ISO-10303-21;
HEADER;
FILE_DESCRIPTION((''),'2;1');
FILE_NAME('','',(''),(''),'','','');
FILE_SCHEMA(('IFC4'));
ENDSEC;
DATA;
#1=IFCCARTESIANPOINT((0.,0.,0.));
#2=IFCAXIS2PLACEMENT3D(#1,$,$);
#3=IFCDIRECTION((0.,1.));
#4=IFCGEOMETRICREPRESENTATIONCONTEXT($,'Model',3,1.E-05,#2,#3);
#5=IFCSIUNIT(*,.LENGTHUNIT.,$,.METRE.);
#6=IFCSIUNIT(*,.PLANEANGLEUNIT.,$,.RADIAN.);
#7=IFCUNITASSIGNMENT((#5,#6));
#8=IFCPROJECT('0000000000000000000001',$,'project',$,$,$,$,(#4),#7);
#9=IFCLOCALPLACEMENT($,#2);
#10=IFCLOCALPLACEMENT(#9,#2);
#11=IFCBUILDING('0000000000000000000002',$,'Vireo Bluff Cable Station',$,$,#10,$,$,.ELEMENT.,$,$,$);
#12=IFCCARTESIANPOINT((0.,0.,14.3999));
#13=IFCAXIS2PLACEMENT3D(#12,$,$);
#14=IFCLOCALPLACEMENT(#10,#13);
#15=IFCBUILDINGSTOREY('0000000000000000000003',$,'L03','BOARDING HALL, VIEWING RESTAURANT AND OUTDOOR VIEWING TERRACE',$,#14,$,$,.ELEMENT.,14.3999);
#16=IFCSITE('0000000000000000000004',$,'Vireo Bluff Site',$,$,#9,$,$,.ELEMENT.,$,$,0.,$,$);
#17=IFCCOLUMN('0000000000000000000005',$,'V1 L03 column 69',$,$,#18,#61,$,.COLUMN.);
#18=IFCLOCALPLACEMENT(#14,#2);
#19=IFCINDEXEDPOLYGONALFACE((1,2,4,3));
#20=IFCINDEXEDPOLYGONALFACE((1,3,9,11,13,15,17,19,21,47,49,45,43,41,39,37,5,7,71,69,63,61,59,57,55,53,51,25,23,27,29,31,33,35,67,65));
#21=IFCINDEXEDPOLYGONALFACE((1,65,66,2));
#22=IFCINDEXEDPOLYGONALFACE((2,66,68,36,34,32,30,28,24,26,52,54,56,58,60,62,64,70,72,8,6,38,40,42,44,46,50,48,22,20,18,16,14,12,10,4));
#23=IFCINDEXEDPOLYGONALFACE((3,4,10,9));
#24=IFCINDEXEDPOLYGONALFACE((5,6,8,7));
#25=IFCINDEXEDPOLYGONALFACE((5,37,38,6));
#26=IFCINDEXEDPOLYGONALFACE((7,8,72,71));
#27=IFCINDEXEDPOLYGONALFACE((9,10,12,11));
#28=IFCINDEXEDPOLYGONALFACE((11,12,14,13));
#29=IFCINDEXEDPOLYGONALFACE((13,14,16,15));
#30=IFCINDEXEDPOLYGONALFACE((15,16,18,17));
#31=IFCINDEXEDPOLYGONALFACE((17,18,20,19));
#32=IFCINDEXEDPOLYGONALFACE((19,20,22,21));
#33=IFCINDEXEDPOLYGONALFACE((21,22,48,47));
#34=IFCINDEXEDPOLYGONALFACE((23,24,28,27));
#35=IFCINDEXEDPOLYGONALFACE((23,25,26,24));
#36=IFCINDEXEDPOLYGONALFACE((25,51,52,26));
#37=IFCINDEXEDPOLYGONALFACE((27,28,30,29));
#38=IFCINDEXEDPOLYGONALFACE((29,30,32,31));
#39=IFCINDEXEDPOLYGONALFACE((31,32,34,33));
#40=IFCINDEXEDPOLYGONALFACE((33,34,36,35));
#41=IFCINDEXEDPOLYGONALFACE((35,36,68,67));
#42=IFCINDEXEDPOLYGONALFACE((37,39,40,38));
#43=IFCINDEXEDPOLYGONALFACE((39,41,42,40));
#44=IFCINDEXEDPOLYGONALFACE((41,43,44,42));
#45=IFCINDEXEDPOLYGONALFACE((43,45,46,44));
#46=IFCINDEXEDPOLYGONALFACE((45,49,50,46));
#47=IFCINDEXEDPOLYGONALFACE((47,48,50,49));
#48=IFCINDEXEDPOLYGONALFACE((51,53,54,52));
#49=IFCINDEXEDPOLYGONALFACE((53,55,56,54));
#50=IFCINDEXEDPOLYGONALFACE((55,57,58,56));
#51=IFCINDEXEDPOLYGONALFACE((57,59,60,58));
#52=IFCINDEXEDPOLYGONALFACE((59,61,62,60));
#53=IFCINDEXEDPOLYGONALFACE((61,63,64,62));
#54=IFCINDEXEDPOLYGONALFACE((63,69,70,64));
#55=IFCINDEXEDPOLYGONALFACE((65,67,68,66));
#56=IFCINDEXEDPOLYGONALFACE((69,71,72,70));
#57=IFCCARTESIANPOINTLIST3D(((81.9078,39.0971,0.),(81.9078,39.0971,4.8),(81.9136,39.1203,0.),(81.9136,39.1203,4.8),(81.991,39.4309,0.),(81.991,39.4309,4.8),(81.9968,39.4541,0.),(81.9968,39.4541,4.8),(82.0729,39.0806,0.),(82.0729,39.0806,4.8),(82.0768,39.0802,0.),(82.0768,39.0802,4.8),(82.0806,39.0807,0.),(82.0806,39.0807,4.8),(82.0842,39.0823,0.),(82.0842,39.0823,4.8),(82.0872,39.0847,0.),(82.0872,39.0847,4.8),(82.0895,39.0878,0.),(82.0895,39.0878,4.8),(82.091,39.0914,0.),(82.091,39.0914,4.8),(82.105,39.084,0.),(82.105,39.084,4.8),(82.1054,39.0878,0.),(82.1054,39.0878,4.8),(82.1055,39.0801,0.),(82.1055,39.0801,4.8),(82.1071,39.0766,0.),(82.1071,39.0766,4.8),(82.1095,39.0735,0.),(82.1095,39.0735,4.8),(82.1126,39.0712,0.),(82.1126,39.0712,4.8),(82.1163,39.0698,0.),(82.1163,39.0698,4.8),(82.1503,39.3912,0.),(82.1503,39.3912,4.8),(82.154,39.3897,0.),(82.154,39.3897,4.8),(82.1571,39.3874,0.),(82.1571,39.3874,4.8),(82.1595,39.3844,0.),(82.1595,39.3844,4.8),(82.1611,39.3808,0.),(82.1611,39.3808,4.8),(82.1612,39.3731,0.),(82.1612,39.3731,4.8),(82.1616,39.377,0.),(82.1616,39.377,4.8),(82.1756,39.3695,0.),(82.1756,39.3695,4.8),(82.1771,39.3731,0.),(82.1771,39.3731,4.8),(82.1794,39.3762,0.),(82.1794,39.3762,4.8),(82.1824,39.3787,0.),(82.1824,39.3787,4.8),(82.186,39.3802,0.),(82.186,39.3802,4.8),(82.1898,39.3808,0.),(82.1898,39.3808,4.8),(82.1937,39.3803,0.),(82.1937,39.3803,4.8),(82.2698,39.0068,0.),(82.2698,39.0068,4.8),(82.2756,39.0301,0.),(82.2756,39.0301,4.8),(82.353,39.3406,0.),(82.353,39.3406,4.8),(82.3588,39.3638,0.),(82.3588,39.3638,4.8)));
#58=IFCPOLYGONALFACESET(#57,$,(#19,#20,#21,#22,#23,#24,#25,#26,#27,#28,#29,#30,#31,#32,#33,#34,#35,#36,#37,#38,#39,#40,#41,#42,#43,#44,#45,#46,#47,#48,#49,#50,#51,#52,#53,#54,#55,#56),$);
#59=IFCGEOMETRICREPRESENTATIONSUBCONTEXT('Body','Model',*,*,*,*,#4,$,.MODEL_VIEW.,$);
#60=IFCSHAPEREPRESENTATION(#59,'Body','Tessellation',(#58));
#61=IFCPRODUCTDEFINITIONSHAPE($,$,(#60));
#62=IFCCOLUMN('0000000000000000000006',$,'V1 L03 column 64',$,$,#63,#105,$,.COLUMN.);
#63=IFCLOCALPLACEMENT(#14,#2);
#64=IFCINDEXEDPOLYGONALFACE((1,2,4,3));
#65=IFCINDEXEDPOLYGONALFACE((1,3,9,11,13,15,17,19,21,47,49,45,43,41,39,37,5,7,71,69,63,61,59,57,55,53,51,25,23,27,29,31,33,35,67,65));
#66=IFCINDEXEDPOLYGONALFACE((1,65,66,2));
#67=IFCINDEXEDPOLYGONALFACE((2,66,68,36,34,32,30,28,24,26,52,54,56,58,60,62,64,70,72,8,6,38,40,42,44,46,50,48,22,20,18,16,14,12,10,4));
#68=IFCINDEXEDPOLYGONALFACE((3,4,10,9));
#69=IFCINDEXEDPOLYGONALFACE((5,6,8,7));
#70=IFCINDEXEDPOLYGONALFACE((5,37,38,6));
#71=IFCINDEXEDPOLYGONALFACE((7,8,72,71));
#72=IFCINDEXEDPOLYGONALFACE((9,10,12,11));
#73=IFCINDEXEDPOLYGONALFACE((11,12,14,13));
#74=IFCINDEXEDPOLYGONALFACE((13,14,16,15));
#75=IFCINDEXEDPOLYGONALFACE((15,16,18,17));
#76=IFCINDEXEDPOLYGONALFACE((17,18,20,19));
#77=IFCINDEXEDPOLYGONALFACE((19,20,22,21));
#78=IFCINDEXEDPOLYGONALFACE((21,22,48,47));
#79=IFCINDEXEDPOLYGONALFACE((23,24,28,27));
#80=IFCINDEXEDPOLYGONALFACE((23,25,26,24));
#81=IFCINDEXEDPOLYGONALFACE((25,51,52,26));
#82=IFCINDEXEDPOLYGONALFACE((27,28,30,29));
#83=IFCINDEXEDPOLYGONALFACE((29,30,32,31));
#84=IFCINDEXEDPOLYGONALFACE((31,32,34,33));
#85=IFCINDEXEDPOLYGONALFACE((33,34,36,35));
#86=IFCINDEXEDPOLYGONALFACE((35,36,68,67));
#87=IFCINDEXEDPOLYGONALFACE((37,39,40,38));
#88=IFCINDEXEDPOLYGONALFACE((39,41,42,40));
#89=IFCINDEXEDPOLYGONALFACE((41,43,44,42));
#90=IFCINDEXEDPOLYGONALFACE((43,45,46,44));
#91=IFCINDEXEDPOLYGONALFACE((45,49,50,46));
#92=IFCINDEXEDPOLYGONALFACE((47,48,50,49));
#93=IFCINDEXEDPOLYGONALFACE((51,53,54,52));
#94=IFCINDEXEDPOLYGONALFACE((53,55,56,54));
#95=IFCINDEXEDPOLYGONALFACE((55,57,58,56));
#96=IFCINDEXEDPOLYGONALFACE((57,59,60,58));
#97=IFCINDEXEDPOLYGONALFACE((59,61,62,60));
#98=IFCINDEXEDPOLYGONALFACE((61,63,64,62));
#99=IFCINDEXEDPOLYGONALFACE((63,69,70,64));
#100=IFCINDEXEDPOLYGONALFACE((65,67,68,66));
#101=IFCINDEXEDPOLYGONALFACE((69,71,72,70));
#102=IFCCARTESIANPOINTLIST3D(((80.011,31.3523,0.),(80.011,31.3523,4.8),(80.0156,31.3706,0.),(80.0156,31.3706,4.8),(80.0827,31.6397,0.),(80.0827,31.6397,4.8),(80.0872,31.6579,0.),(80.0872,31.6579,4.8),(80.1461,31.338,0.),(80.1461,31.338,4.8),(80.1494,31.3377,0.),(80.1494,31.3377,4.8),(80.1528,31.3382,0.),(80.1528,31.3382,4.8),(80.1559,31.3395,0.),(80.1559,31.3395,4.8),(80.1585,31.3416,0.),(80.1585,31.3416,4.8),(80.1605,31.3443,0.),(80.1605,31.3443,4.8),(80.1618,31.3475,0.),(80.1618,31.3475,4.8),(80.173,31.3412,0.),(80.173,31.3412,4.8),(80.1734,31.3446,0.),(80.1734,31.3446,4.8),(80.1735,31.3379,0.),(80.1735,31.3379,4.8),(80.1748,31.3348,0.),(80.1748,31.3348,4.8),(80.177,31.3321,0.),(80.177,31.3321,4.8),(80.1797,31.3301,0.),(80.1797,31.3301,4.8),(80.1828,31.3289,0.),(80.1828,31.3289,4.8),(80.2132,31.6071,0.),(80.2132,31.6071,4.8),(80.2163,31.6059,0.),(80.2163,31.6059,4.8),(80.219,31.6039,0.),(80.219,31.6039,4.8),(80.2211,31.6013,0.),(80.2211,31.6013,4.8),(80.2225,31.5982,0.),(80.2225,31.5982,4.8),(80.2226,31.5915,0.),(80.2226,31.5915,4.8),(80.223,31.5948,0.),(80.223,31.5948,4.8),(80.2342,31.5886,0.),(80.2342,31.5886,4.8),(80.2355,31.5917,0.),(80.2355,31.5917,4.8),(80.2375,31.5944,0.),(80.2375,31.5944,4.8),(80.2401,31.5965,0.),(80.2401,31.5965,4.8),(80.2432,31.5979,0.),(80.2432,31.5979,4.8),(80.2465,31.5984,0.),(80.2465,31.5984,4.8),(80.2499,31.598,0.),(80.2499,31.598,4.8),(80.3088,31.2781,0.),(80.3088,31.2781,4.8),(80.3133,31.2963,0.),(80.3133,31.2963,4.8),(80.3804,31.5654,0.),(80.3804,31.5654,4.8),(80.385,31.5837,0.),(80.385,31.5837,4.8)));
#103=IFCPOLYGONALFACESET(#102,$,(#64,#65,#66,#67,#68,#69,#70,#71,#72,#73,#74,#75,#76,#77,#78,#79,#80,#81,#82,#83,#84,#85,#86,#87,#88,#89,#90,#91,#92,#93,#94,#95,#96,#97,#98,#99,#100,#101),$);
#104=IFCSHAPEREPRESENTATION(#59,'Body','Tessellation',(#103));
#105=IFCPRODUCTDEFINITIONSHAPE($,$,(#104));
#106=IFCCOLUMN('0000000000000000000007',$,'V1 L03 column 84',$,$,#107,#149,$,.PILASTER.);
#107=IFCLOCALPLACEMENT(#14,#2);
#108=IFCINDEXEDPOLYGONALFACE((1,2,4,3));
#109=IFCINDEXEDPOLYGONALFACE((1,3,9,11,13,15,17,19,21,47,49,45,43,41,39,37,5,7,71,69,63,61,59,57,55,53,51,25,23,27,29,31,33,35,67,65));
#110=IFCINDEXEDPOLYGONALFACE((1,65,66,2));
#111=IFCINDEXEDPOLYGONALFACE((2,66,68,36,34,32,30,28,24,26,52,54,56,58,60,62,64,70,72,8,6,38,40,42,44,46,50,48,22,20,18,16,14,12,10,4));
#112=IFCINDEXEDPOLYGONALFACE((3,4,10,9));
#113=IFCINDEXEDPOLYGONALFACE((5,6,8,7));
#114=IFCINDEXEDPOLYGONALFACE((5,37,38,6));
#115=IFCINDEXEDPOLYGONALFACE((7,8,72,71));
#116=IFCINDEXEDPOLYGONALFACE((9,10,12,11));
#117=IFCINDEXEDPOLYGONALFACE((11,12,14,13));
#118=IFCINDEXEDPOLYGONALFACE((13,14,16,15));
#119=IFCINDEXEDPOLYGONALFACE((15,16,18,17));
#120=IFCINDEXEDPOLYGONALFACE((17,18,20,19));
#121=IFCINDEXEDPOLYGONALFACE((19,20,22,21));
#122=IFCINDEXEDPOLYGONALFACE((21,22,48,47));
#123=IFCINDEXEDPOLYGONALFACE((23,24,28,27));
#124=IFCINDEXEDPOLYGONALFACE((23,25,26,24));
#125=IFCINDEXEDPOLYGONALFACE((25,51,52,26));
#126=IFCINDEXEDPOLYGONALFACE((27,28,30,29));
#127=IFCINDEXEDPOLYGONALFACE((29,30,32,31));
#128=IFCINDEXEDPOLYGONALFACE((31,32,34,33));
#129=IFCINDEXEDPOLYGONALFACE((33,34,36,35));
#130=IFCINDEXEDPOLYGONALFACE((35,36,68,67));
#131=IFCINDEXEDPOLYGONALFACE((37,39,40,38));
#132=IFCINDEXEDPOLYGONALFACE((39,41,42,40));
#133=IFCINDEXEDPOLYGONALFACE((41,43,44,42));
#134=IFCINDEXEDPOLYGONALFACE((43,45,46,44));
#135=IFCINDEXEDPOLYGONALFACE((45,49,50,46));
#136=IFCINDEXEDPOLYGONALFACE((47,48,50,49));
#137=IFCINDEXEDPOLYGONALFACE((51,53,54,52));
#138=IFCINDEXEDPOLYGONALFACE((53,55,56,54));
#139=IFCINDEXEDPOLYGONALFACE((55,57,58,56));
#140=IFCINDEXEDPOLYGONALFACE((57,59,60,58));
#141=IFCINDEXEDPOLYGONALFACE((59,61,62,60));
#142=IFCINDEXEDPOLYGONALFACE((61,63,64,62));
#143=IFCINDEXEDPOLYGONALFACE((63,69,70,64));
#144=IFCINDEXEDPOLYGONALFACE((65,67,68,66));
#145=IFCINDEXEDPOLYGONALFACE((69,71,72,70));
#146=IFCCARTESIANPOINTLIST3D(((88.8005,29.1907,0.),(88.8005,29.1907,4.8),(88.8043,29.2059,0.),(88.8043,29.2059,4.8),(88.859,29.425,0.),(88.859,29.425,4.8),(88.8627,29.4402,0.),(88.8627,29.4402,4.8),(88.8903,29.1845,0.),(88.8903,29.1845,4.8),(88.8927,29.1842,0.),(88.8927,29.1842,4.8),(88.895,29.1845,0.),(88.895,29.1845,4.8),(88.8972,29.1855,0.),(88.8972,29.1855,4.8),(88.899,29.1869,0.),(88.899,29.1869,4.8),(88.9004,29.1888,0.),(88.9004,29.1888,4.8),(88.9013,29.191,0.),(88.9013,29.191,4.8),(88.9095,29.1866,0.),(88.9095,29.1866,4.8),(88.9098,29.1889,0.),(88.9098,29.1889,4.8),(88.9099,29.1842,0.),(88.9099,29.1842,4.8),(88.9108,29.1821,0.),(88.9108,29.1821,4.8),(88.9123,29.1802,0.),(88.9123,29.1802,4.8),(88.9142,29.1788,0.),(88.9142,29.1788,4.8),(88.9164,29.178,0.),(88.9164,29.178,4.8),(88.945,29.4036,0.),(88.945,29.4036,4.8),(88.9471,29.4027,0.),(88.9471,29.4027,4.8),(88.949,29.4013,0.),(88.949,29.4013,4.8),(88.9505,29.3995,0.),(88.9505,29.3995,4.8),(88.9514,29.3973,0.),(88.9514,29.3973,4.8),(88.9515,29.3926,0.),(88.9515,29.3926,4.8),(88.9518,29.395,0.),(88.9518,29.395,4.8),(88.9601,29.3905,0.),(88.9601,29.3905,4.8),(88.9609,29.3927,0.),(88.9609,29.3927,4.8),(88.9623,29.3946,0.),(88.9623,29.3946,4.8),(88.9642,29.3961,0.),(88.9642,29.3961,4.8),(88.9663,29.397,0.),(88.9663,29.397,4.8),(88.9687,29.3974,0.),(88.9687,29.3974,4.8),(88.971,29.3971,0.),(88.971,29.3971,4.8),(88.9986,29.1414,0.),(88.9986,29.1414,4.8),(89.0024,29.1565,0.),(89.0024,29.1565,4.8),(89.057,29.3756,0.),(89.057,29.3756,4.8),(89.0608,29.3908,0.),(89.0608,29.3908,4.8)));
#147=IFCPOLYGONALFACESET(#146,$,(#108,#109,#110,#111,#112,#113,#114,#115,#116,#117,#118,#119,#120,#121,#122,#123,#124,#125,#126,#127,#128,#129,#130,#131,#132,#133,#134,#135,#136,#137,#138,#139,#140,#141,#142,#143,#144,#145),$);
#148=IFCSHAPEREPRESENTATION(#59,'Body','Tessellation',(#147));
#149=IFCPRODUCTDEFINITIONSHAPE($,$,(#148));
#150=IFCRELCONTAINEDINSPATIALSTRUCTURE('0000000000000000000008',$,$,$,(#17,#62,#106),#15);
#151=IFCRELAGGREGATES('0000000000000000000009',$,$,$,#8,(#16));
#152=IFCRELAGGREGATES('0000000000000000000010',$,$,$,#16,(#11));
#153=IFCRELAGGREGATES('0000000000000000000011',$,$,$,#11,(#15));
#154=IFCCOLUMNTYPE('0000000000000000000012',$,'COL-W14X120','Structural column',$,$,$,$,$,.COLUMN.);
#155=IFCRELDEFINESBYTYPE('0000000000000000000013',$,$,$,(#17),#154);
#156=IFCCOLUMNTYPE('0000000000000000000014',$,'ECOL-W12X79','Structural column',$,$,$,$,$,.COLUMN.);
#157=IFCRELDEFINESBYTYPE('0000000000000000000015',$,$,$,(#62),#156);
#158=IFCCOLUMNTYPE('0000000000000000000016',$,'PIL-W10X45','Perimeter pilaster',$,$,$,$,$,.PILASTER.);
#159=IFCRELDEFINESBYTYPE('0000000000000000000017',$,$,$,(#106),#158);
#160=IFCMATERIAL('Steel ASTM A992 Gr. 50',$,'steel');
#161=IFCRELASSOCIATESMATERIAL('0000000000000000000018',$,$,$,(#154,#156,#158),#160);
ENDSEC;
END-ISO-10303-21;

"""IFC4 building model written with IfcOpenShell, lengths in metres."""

from ifc_helpers import new_model, si_unit, direction, frame, origin, origin_2d, place, context, subcontext, project, spatial, i_section, extrude, material, material_profile, profile_set, type_object, element, save


model = new_model("IFC4")

# Units and contexts
model_context = context("Model", 3, precision=1e-05, world=origin(), true_north=direction((0.0, 1.0)))
body_context = subcontext(model_context, "Body", "Model", "MODEL_VIEW")
ifc_project = project(units=[si_unit("LENGTHUNIT", "METRE"), si_unit("PLANEANGLEUNIT", "RADIAN")], contexts=[model_context])

# Site, building, storey
site_placement = place(None, origin())
site = spatial("IfcSite", under=ifc_project, at=site_placement, Name="Vireo Bluff Site", CompositionType="ELEMENT", RefElevation=0.0)
building_placement = place(site_placement, origin())
building = spatial("IfcBuilding", under=site, at=building_placement, Name="Vireo Bluff Cable Station", CompositionType="ELEMENT")
storey_placement = place(building_placement, frame((0.0, 0.0, 14.3999)))
storey = spatial("IfcBuildingStorey", under=building, at=storey_placement, Name="L03", Description="BOARDING HALL, VIEWING RESTAURANT AND OUTDOOR VIEWING TERRACE", CompositionType="ELEMENT", Elevation=14.3999)

# Columns
ifc_material_1 = material(Name="Steel ASTM A992 Gr. 50", Category="steel")
ifc_material_profile_1 = material_profile(ifc_material_1, i_section(OverallWidth=0.373, OverallDepth=0.3679, WebThickness=0.0149, FlangeThickness=0.0239, FilletRadius=0.0149, at=origin_2d()), Name="W14X120")
ifc_profile_set_1 = profile_set([ifc_material_profile_1], Name="Steel ASTM A992 Gr. 50")
column_type_1 = type_object("IfcColumnType", Name="COL-W14X120", Description="Structural column", PredefinedType="COLUMN", material=ifc_profile_set_1)
column_1_placement = place(storey_placement, frame((82.1333, 39.2305, 0.0), z_axis=(0.0, 0.0, 1.0), x_axis=(0.970296, -0.241922, 0.0)))
element("IfcColumn", 1, at=column_1_placement, inside=storey, type_object=column_type_1, Name="V1 L03 column 69", PredefinedType="COLUMN", context=body_context, shape_type="SweptSolid", body=[
    extrude(i_section(OverallWidth=0.373, OverallDepth=0.3679, WebThickness=0.0149, FlangeThickness=0.0239, FilletRadius=0.0149, at=origin_2d()), origin(), (0.0, 0.0, 1.0), 4.8),
])
ifc_material_profile_2 = material_profile(ifc_material_1, i_section(OverallWidth=0.3069, OverallDepth=0.3149, WebThickness=0.012, FlangeThickness=0.0188, FilletRadius=0.0129, at=origin_2d()), Name="W12X79")
ifc_profile_set_2 = profile_set([ifc_material_profile_2], Name="Steel ASTM A992 Gr. 50")
column_type_2 = type_object("IfcColumnType", Name="ECOL-W12X79", Description="Structural column", PredefinedType="COLUMN", material=ifc_profile_set_2)
column_2_placement = place(storey_placement, frame((80.198, 31.468, 0.0), z_axis=(0.0, 0.0, 1.0), x_axis=(0.970296, -0.241922, 0.0)))
element("IfcColumn", 2, at=column_2_placement, inside=storey, type_object=column_type_2, Name="V1 L03 column 64", PredefinedType="COLUMN", context=body_context, shape_type="SweptSolid", body=[
    extrude(i_section(OverallWidth=0.3069, OverallDepth=0.3149, WebThickness=0.012, FlangeThickness=0.0188, FilletRadius=0.0129, at=origin_2d()), origin(), (0.0, 0.0, 1.0), 4.8),
])
ifc_material_profile_3 = material_profile(ifc_material_1, i_section(OverallWidth=0.2041, OverallDepth=0.2571, WebThickness=0.0088, FlangeThickness=0.0156, FilletRadius=0.009, at=origin_2d()), Name="W10X45")
ifc_profile_set_3 = profile_set([ifc_material_profile_3], Name="Steel ASTM A992 Gr. 50")
column_type_3 = type_object("IfcColumnType", Name="PIL-W10X45", Description="Perimeter pilaster", PredefinedType="PILASTER", material=ifc_profile_set_3)
column_3_placement = place(storey_placement, frame((88.9307, 29.2908, 0.0), z_axis=(0.0, 0.0, 1.0), x_axis=(0.970296, -0.241922, 0.0)))
element("IfcColumn", 3, at=column_3_placement, inside=storey, type_object=column_type_3, Name="V1 L03 column 84", PredefinedType="PILASTER", context=body_context, shape_type="SweptSolid", body=[
    extrude(i_section(OverallWidth=0.2041, OverallDepth=0.2571, WebThickness=0.0088, FlangeThickness=0.0156, FilletRadius=0.009, at=origin_2d()), origin(), (0.0, 0.0, 1.0), 4.8),
])

save(model, "model.ifc")
